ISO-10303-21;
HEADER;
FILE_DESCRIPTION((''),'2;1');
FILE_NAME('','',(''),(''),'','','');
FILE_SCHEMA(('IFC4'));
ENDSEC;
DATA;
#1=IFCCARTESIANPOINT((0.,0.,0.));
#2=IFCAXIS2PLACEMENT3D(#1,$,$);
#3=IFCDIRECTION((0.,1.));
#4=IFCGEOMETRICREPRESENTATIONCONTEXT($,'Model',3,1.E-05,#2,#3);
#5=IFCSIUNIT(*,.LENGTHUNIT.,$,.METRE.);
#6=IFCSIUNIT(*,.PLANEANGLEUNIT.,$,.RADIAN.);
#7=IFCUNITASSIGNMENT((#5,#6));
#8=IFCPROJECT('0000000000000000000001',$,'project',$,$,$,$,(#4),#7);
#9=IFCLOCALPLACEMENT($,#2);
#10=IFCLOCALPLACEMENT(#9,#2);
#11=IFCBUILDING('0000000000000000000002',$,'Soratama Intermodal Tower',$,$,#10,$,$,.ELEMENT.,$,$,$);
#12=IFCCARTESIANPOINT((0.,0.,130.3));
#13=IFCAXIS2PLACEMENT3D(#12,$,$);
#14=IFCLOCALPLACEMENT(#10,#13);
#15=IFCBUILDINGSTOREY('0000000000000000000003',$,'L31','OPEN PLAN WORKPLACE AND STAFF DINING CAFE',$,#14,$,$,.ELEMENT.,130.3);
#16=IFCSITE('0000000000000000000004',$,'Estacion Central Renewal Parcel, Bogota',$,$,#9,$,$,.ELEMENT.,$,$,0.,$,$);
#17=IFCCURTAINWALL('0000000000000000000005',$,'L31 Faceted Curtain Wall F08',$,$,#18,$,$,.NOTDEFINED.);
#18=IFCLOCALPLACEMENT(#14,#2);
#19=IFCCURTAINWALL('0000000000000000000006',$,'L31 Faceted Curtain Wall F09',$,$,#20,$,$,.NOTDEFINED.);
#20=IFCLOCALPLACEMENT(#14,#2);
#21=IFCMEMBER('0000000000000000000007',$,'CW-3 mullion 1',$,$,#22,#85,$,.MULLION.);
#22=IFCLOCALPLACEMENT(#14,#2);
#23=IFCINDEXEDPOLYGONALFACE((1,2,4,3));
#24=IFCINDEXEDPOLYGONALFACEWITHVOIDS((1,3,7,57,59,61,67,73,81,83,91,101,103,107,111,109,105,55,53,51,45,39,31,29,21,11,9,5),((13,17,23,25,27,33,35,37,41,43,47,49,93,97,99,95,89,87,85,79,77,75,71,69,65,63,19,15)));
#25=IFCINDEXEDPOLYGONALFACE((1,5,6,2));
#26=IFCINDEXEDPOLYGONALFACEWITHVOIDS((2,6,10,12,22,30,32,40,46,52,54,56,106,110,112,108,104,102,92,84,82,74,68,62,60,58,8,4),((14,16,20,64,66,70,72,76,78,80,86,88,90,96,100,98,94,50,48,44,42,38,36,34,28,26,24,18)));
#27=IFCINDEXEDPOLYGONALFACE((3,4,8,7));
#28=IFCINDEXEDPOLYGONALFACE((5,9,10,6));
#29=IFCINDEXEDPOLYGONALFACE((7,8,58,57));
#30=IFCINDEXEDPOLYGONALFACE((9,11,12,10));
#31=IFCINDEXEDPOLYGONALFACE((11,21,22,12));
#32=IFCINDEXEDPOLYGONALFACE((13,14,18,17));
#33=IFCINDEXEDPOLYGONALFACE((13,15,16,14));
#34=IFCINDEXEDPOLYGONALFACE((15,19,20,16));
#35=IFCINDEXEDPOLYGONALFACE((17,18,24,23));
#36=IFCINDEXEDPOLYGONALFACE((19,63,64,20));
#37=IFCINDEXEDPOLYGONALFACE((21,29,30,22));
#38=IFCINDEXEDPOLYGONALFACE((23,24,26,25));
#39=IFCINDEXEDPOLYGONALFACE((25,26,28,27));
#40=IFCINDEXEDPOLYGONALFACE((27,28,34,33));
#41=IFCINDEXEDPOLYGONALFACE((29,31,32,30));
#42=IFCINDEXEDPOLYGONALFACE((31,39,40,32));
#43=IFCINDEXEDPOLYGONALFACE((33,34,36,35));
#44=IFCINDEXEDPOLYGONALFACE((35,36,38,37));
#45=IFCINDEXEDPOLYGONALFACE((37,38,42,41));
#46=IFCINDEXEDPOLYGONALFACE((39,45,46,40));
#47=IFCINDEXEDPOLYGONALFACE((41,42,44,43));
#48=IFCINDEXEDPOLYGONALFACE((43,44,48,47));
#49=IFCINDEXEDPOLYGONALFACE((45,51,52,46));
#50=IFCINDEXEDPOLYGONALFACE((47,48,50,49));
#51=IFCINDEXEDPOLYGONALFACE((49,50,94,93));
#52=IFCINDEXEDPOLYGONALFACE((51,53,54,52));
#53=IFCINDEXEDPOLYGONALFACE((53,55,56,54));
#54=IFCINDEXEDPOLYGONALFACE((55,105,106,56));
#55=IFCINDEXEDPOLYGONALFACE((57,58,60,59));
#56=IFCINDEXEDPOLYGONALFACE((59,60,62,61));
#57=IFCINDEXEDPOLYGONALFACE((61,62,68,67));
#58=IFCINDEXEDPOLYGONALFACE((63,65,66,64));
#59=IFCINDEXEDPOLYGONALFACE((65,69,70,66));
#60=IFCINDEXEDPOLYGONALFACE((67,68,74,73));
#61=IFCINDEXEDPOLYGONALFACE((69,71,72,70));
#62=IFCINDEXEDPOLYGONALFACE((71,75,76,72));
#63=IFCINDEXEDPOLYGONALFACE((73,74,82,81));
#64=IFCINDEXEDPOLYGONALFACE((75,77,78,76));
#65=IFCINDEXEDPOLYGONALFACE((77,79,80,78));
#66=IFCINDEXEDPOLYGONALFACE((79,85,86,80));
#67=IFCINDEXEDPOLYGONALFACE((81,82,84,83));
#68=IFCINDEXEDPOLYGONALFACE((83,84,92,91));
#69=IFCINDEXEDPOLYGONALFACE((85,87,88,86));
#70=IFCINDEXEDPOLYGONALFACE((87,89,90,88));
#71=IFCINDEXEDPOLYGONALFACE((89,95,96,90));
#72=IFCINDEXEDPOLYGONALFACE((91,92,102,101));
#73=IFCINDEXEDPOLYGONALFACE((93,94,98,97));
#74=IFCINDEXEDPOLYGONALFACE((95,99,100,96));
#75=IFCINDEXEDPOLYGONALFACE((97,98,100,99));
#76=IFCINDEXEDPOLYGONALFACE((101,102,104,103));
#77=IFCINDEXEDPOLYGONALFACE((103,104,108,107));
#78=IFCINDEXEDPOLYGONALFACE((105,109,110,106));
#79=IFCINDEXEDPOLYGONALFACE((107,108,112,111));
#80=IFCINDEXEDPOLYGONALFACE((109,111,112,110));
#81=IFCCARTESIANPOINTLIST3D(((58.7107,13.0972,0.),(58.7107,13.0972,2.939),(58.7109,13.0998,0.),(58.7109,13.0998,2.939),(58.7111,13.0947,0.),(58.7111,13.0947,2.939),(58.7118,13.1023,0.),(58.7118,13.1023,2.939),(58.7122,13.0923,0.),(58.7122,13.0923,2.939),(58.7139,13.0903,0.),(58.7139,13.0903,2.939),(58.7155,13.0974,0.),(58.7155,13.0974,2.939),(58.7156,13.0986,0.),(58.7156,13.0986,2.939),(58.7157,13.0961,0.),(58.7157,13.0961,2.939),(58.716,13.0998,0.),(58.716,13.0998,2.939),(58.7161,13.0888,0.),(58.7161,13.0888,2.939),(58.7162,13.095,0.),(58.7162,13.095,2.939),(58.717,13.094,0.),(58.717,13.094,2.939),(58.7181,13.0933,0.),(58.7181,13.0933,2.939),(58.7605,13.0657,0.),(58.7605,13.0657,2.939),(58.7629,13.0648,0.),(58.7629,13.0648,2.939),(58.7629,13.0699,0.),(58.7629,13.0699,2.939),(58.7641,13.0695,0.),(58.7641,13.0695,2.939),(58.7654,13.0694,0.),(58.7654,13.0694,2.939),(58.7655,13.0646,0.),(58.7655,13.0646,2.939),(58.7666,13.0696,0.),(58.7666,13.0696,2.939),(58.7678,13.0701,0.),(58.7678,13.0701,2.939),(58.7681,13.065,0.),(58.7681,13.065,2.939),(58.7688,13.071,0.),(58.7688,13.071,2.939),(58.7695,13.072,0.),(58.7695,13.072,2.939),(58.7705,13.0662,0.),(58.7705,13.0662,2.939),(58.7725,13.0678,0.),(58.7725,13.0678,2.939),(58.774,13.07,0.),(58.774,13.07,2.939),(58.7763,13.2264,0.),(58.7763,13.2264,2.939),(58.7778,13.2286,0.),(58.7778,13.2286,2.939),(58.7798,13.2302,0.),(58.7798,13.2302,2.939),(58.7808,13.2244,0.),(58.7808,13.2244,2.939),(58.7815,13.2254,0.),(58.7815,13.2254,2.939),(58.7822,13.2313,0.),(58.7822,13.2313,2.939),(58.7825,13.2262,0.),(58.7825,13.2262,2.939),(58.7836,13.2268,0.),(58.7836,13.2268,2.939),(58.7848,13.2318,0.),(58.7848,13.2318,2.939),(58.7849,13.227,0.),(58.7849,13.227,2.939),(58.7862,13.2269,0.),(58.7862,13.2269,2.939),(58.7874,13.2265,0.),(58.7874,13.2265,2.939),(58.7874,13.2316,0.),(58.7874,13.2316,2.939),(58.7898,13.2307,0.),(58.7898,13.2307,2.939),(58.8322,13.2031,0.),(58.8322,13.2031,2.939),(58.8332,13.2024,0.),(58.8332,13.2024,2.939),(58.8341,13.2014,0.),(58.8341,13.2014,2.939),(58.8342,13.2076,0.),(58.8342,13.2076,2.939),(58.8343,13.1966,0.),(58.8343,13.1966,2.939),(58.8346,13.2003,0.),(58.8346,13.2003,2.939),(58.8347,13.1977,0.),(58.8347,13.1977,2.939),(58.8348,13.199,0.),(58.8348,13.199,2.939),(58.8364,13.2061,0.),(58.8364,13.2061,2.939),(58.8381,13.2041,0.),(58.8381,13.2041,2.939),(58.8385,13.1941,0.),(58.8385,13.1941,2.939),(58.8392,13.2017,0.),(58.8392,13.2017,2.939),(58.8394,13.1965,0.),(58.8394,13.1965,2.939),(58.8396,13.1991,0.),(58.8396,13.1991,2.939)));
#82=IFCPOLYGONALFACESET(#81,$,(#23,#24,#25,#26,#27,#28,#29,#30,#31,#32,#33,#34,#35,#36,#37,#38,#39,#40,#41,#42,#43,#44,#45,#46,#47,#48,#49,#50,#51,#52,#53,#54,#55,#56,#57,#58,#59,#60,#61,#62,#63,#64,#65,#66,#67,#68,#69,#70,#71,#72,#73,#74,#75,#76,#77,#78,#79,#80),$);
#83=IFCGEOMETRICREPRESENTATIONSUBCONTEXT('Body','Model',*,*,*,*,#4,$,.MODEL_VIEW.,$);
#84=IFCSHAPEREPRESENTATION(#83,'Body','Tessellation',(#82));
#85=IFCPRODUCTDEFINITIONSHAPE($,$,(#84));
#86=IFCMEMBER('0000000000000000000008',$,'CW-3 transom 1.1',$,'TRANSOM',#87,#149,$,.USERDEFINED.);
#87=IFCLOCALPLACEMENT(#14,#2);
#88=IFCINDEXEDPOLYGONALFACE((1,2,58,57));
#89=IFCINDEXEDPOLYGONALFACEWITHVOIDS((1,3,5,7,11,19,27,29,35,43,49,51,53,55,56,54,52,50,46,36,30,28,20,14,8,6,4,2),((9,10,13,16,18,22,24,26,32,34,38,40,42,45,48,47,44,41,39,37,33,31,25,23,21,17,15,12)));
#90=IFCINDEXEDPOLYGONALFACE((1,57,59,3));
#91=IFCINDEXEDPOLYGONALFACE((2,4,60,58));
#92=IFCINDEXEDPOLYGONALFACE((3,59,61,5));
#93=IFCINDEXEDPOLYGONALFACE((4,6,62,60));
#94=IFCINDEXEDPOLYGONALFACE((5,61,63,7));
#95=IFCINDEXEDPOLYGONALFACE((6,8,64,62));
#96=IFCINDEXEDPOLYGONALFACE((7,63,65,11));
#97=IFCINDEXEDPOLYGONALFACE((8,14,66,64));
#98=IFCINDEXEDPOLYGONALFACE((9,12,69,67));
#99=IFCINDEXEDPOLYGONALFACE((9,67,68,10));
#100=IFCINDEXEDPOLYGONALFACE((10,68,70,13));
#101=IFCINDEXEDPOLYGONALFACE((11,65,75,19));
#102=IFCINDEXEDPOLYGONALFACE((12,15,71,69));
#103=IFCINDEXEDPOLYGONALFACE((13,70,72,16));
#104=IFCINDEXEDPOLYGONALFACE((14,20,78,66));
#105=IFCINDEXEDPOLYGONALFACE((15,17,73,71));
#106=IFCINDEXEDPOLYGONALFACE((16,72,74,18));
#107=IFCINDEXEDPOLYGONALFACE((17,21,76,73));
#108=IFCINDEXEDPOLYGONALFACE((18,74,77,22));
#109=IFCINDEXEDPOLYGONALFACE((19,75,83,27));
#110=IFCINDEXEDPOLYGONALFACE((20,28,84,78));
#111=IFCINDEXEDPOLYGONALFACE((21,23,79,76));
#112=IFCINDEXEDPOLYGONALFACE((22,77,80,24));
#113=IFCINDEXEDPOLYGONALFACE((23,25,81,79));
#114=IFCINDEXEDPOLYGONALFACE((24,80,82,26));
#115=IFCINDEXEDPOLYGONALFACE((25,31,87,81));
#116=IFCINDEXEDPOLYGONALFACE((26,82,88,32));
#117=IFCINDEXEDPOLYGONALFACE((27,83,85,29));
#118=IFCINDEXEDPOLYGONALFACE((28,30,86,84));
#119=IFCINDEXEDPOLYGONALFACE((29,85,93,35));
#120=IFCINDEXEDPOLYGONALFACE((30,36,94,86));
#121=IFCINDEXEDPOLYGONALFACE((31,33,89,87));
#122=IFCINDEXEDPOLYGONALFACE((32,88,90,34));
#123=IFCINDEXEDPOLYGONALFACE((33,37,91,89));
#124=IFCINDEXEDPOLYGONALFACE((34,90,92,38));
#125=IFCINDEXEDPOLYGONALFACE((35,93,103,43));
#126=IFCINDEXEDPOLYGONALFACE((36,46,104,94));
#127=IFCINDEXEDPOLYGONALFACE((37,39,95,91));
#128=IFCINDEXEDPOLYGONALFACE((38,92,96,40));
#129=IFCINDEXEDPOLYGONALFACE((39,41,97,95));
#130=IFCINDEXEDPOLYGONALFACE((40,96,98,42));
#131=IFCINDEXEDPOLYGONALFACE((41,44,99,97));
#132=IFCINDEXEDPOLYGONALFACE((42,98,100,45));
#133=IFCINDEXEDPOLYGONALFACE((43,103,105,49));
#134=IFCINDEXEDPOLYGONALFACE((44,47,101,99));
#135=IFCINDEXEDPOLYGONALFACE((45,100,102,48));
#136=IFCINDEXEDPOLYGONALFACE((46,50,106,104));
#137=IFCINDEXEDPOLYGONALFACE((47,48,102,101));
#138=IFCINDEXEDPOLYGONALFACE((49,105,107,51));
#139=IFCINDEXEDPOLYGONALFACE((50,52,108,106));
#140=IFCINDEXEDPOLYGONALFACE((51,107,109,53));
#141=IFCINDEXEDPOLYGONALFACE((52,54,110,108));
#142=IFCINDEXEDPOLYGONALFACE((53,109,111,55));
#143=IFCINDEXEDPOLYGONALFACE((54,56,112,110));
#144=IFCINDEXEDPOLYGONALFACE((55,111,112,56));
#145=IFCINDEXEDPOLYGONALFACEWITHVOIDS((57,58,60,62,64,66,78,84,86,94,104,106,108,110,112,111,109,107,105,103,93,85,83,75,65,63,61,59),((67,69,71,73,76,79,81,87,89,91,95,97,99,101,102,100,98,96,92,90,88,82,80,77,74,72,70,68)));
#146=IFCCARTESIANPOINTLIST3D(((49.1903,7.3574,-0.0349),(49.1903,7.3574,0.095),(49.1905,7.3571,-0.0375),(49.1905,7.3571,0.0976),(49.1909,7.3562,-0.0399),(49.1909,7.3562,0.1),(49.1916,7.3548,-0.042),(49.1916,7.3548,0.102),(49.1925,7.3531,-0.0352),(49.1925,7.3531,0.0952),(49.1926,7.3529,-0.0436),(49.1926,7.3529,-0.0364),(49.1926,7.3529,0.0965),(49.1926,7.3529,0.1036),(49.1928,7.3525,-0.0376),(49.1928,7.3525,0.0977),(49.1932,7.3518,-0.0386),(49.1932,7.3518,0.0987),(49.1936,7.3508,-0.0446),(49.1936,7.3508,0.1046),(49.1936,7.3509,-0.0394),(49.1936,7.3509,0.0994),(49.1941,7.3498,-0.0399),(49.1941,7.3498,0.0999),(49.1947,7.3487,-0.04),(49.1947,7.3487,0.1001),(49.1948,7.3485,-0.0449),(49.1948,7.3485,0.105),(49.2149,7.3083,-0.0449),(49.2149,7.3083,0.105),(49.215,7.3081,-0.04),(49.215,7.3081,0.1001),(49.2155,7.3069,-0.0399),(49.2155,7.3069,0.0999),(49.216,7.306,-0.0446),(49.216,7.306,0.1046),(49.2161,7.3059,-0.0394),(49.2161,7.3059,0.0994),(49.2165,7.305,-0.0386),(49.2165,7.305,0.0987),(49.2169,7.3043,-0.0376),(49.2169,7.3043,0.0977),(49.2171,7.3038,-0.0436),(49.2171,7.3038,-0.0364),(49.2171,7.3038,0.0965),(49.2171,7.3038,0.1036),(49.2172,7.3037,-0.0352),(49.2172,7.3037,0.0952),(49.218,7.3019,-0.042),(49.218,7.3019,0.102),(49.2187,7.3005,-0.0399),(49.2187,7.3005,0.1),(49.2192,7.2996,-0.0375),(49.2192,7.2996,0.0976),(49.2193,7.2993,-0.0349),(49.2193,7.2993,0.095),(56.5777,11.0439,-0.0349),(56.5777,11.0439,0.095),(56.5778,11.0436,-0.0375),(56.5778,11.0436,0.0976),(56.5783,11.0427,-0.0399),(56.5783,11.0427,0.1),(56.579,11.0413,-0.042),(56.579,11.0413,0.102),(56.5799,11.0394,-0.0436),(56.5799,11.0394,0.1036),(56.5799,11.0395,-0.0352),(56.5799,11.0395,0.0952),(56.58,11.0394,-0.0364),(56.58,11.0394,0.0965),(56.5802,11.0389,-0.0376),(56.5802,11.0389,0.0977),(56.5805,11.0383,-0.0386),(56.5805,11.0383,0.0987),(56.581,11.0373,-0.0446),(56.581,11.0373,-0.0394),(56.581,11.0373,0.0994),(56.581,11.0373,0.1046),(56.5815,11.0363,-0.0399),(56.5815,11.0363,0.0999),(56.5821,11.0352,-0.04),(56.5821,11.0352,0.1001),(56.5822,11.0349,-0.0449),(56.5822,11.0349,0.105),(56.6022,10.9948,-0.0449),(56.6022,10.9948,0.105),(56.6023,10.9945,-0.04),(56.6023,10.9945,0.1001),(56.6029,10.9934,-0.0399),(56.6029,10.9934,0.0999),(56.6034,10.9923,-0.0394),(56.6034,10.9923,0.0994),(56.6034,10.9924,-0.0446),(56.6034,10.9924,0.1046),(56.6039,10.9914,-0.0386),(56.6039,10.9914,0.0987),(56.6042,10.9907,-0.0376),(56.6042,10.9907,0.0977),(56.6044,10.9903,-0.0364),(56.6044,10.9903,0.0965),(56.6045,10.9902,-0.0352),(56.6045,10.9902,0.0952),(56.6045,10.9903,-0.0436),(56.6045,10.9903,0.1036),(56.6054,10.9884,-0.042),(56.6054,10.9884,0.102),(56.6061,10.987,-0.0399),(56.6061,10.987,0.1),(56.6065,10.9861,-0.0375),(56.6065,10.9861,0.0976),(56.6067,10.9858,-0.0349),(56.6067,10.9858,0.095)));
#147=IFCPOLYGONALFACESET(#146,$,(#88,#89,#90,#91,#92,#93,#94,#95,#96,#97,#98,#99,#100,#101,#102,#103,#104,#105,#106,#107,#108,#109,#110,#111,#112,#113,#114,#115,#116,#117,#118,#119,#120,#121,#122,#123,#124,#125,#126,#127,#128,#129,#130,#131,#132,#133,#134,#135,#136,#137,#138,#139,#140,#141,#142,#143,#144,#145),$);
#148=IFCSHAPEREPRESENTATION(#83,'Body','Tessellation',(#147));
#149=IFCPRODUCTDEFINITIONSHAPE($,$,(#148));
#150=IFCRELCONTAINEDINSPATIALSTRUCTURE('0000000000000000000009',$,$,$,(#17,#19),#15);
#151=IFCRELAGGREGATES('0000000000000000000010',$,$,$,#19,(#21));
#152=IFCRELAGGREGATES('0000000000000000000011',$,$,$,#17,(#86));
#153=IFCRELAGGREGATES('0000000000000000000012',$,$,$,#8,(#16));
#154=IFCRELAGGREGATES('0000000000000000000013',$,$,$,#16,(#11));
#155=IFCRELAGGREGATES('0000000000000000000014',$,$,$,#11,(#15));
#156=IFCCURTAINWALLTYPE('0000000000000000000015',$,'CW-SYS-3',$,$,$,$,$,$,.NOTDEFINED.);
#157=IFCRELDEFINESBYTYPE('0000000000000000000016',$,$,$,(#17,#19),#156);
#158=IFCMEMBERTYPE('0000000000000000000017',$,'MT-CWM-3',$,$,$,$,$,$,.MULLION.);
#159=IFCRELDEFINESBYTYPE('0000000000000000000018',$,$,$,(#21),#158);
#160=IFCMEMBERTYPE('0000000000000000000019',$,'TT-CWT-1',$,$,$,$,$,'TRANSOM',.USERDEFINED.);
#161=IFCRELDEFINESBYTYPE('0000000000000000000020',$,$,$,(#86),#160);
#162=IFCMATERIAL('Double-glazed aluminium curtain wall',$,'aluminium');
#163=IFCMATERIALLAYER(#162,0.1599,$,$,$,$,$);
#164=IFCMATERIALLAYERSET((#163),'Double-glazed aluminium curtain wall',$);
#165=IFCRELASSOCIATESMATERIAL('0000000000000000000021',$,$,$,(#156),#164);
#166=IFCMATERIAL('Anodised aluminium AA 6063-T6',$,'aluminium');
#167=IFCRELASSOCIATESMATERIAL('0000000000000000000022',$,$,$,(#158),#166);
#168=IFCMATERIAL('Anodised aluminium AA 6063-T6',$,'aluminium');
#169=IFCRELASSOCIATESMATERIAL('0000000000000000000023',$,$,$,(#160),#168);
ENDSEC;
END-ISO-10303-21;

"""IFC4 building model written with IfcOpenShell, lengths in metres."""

from ifc_helpers import new_model, si_unit, direction, frame, origin, origin_2d, place, context, subcontext, project, spatial, hollow_rectangle, extrude, material, layer, layer_set, material_profile, profile_set, type_object, element, aggregate, save


model = new_model("IFC4")

# Units and contexts
model_context = context("Model", 3, precision=1e-05, world=origin(), true_north=direction((0.0, 1.0)))
body_context = subcontext(model_context, "Body", "Model", "MODEL_VIEW")
ifc_project = project(units=[si_unit("LENGTHUNIT", "METRE"), si_unit("PLANEANGLEUNIT", "RADIAN")], contexts=[model_context])

# Site, building, storey
site_placement = place(None, origin())
site = spatial("IfcSite", under=ifc_project, at=site_placement, Name="Estacion Central Renewal Parcel, Bogota", CompositionType="ELEMENT", RefElevation=0.0)
building_placement = place(site_placement, origin())
building = spatial("IfcBuilding", under=site, at=building_placement, Name="Soratama Intermodal Tower", CompositionType="ELEMENT")
storey_placement = place(building_placement, frame((0.0, 0.0, 130.3)))
storey = spatial("IfcBuildingStorey", under=building, at=storey_placement, Name="L31", Description="OPEN PLAN WORKPLACE AND STAFF DINING CAFE", CompositionType="ELEMENT", Elevation=130.3)

# Curtain wall
ifc_material_1 = material(Name="Double-glazed aluminium curtain wall", Category="aluminium")
ifc_layer_1 = layer(ifc_material_1, 0.1599)
ifc_layer_set_1 = layer_set([ifc_layer_1], Name="Double-glazed aluminium curtain wall")
curtain_wall_type = type_object("IfcCurtainWallType", Name="CW-SYS-3", PredefinedType="NOTDEFINED", material=ifc_layer_set_1)
curtain_wall_1_placement = place(storey_placement, origin())
curtain_wall_1 = element("IfcCurtainWall", 1, at=curtain_wall_1_placement, inside=storey, type_object=curtain_wall_type, Name="L31 Faceted Curtain Wall F08", PredefinedType="NOTDEFINED")
ifc_material_2 = material(Name="Anodised aluminium AA 6063-T6", Category="aluminium")
ifc_material_profile_1 = material_profile(ifc_material_2, hollow_rectangle(XDim=0.0701, YDim=0.1599, WallThickness=0.0049, InnerFilletRadius=0.0049, OuterFilletRadius=0.01, at=origin_2d()), Name="CWM160X70X5")
ifc_profile_set_1 = profile_set([ifc_material_profile_1], Name="Anodised aluminium AA 6063-T6")
member_type_1 = type_object("IfcMemberType", Name="MT-CWM-3", PredefinedType="MULLION", material=ifc_profile_set_1)

# Curtain wall, member
curtain_wall_2_placement = place(storey_placement, origin())
curtain_wall_2 = element("IfcCurtainWall", 2, at=curtain_wall_2_placement, inside=storey, type_object=curtain_wall_type, Name="L31 Faceted Curtain Wall F09", PredefinedType="NOTDEFINED")
member_1_placement = place(storey_placement, frame((58.7751, 13.1482, 0.0), z_axis=(0.0, 0.0, 1.0), x_axis=(-0.887174, 0.461435, 0.0)))
member_1 = element("IfcMember", 3, at=member_1_placement, type_object=member_type_1, Name="CW-3 mullion 1", PredefinedType="MULLION", context=body_context, shape_type="SweptSolid", body=[
    extrude(hollow_rectangle(XDim=0.0701, YDim=0.1599, WallThickness=0.0049, InnerFilletRadius=0.0049, OuterFilletRadius=0.01, at=origin_2d()), origin(), (0.0, 0.0, 1.0), 2.939),
])
aggregate(curtain_wall_2, [member_1])

# Member
ifc_material_3 = material(Name="Anodised aluminium AA 6063-T6", Category="aluminium")
ifc_material_profile_2 = material_profile(ifc_material_3, hollow_rectangle(XDim=0.0649, YDim=0.1499, WallThickness=0.0049, InnerFilletRadius=0.0049, OuterFilletRadius=0.01, at=origin_2d()), Name="CWT150X65X5")
ifc_profile_set_2 = profile_set([ifc_material_profile_2], Name="Anodised aluminium AA 6063-T6")
member_type_2 = type_object("IfcMemberType", Name="TT-CWT-1", ElementType="TRANSOM", PredefinedType="USERDEFINED", material=ifc_profile_set_2)
member_2_placement = place(storey_placement, frame((49.2048, 7.3284, 0.03), z_axis=(0.894776, 0.446516, 0.0), x_axis=(-0.446516, 0.894776, 0.0)))
member_2 = element("IfcMember", 4, at=member_2_placement, type_object=member_type_2, Name="CW-3 transom 1.1", ObjectType="TRANSOM", PredefinedType="USERDEFINED", context=body_context, shape_type="SweptSolid", body=[
    extrude(hollow_rectangle(XDim=0.0649, YDim=0.1499, WallThickness=0.0049, InnerFilletRadius=0.0049, OuterFilletRadius=0.01, at=origin_2d()), origin(), (0.0, 0.0, 1.0), 8.2561),
])

aggregate(curtain_wall_1, [member_2])

save(model, "model.ifc")
